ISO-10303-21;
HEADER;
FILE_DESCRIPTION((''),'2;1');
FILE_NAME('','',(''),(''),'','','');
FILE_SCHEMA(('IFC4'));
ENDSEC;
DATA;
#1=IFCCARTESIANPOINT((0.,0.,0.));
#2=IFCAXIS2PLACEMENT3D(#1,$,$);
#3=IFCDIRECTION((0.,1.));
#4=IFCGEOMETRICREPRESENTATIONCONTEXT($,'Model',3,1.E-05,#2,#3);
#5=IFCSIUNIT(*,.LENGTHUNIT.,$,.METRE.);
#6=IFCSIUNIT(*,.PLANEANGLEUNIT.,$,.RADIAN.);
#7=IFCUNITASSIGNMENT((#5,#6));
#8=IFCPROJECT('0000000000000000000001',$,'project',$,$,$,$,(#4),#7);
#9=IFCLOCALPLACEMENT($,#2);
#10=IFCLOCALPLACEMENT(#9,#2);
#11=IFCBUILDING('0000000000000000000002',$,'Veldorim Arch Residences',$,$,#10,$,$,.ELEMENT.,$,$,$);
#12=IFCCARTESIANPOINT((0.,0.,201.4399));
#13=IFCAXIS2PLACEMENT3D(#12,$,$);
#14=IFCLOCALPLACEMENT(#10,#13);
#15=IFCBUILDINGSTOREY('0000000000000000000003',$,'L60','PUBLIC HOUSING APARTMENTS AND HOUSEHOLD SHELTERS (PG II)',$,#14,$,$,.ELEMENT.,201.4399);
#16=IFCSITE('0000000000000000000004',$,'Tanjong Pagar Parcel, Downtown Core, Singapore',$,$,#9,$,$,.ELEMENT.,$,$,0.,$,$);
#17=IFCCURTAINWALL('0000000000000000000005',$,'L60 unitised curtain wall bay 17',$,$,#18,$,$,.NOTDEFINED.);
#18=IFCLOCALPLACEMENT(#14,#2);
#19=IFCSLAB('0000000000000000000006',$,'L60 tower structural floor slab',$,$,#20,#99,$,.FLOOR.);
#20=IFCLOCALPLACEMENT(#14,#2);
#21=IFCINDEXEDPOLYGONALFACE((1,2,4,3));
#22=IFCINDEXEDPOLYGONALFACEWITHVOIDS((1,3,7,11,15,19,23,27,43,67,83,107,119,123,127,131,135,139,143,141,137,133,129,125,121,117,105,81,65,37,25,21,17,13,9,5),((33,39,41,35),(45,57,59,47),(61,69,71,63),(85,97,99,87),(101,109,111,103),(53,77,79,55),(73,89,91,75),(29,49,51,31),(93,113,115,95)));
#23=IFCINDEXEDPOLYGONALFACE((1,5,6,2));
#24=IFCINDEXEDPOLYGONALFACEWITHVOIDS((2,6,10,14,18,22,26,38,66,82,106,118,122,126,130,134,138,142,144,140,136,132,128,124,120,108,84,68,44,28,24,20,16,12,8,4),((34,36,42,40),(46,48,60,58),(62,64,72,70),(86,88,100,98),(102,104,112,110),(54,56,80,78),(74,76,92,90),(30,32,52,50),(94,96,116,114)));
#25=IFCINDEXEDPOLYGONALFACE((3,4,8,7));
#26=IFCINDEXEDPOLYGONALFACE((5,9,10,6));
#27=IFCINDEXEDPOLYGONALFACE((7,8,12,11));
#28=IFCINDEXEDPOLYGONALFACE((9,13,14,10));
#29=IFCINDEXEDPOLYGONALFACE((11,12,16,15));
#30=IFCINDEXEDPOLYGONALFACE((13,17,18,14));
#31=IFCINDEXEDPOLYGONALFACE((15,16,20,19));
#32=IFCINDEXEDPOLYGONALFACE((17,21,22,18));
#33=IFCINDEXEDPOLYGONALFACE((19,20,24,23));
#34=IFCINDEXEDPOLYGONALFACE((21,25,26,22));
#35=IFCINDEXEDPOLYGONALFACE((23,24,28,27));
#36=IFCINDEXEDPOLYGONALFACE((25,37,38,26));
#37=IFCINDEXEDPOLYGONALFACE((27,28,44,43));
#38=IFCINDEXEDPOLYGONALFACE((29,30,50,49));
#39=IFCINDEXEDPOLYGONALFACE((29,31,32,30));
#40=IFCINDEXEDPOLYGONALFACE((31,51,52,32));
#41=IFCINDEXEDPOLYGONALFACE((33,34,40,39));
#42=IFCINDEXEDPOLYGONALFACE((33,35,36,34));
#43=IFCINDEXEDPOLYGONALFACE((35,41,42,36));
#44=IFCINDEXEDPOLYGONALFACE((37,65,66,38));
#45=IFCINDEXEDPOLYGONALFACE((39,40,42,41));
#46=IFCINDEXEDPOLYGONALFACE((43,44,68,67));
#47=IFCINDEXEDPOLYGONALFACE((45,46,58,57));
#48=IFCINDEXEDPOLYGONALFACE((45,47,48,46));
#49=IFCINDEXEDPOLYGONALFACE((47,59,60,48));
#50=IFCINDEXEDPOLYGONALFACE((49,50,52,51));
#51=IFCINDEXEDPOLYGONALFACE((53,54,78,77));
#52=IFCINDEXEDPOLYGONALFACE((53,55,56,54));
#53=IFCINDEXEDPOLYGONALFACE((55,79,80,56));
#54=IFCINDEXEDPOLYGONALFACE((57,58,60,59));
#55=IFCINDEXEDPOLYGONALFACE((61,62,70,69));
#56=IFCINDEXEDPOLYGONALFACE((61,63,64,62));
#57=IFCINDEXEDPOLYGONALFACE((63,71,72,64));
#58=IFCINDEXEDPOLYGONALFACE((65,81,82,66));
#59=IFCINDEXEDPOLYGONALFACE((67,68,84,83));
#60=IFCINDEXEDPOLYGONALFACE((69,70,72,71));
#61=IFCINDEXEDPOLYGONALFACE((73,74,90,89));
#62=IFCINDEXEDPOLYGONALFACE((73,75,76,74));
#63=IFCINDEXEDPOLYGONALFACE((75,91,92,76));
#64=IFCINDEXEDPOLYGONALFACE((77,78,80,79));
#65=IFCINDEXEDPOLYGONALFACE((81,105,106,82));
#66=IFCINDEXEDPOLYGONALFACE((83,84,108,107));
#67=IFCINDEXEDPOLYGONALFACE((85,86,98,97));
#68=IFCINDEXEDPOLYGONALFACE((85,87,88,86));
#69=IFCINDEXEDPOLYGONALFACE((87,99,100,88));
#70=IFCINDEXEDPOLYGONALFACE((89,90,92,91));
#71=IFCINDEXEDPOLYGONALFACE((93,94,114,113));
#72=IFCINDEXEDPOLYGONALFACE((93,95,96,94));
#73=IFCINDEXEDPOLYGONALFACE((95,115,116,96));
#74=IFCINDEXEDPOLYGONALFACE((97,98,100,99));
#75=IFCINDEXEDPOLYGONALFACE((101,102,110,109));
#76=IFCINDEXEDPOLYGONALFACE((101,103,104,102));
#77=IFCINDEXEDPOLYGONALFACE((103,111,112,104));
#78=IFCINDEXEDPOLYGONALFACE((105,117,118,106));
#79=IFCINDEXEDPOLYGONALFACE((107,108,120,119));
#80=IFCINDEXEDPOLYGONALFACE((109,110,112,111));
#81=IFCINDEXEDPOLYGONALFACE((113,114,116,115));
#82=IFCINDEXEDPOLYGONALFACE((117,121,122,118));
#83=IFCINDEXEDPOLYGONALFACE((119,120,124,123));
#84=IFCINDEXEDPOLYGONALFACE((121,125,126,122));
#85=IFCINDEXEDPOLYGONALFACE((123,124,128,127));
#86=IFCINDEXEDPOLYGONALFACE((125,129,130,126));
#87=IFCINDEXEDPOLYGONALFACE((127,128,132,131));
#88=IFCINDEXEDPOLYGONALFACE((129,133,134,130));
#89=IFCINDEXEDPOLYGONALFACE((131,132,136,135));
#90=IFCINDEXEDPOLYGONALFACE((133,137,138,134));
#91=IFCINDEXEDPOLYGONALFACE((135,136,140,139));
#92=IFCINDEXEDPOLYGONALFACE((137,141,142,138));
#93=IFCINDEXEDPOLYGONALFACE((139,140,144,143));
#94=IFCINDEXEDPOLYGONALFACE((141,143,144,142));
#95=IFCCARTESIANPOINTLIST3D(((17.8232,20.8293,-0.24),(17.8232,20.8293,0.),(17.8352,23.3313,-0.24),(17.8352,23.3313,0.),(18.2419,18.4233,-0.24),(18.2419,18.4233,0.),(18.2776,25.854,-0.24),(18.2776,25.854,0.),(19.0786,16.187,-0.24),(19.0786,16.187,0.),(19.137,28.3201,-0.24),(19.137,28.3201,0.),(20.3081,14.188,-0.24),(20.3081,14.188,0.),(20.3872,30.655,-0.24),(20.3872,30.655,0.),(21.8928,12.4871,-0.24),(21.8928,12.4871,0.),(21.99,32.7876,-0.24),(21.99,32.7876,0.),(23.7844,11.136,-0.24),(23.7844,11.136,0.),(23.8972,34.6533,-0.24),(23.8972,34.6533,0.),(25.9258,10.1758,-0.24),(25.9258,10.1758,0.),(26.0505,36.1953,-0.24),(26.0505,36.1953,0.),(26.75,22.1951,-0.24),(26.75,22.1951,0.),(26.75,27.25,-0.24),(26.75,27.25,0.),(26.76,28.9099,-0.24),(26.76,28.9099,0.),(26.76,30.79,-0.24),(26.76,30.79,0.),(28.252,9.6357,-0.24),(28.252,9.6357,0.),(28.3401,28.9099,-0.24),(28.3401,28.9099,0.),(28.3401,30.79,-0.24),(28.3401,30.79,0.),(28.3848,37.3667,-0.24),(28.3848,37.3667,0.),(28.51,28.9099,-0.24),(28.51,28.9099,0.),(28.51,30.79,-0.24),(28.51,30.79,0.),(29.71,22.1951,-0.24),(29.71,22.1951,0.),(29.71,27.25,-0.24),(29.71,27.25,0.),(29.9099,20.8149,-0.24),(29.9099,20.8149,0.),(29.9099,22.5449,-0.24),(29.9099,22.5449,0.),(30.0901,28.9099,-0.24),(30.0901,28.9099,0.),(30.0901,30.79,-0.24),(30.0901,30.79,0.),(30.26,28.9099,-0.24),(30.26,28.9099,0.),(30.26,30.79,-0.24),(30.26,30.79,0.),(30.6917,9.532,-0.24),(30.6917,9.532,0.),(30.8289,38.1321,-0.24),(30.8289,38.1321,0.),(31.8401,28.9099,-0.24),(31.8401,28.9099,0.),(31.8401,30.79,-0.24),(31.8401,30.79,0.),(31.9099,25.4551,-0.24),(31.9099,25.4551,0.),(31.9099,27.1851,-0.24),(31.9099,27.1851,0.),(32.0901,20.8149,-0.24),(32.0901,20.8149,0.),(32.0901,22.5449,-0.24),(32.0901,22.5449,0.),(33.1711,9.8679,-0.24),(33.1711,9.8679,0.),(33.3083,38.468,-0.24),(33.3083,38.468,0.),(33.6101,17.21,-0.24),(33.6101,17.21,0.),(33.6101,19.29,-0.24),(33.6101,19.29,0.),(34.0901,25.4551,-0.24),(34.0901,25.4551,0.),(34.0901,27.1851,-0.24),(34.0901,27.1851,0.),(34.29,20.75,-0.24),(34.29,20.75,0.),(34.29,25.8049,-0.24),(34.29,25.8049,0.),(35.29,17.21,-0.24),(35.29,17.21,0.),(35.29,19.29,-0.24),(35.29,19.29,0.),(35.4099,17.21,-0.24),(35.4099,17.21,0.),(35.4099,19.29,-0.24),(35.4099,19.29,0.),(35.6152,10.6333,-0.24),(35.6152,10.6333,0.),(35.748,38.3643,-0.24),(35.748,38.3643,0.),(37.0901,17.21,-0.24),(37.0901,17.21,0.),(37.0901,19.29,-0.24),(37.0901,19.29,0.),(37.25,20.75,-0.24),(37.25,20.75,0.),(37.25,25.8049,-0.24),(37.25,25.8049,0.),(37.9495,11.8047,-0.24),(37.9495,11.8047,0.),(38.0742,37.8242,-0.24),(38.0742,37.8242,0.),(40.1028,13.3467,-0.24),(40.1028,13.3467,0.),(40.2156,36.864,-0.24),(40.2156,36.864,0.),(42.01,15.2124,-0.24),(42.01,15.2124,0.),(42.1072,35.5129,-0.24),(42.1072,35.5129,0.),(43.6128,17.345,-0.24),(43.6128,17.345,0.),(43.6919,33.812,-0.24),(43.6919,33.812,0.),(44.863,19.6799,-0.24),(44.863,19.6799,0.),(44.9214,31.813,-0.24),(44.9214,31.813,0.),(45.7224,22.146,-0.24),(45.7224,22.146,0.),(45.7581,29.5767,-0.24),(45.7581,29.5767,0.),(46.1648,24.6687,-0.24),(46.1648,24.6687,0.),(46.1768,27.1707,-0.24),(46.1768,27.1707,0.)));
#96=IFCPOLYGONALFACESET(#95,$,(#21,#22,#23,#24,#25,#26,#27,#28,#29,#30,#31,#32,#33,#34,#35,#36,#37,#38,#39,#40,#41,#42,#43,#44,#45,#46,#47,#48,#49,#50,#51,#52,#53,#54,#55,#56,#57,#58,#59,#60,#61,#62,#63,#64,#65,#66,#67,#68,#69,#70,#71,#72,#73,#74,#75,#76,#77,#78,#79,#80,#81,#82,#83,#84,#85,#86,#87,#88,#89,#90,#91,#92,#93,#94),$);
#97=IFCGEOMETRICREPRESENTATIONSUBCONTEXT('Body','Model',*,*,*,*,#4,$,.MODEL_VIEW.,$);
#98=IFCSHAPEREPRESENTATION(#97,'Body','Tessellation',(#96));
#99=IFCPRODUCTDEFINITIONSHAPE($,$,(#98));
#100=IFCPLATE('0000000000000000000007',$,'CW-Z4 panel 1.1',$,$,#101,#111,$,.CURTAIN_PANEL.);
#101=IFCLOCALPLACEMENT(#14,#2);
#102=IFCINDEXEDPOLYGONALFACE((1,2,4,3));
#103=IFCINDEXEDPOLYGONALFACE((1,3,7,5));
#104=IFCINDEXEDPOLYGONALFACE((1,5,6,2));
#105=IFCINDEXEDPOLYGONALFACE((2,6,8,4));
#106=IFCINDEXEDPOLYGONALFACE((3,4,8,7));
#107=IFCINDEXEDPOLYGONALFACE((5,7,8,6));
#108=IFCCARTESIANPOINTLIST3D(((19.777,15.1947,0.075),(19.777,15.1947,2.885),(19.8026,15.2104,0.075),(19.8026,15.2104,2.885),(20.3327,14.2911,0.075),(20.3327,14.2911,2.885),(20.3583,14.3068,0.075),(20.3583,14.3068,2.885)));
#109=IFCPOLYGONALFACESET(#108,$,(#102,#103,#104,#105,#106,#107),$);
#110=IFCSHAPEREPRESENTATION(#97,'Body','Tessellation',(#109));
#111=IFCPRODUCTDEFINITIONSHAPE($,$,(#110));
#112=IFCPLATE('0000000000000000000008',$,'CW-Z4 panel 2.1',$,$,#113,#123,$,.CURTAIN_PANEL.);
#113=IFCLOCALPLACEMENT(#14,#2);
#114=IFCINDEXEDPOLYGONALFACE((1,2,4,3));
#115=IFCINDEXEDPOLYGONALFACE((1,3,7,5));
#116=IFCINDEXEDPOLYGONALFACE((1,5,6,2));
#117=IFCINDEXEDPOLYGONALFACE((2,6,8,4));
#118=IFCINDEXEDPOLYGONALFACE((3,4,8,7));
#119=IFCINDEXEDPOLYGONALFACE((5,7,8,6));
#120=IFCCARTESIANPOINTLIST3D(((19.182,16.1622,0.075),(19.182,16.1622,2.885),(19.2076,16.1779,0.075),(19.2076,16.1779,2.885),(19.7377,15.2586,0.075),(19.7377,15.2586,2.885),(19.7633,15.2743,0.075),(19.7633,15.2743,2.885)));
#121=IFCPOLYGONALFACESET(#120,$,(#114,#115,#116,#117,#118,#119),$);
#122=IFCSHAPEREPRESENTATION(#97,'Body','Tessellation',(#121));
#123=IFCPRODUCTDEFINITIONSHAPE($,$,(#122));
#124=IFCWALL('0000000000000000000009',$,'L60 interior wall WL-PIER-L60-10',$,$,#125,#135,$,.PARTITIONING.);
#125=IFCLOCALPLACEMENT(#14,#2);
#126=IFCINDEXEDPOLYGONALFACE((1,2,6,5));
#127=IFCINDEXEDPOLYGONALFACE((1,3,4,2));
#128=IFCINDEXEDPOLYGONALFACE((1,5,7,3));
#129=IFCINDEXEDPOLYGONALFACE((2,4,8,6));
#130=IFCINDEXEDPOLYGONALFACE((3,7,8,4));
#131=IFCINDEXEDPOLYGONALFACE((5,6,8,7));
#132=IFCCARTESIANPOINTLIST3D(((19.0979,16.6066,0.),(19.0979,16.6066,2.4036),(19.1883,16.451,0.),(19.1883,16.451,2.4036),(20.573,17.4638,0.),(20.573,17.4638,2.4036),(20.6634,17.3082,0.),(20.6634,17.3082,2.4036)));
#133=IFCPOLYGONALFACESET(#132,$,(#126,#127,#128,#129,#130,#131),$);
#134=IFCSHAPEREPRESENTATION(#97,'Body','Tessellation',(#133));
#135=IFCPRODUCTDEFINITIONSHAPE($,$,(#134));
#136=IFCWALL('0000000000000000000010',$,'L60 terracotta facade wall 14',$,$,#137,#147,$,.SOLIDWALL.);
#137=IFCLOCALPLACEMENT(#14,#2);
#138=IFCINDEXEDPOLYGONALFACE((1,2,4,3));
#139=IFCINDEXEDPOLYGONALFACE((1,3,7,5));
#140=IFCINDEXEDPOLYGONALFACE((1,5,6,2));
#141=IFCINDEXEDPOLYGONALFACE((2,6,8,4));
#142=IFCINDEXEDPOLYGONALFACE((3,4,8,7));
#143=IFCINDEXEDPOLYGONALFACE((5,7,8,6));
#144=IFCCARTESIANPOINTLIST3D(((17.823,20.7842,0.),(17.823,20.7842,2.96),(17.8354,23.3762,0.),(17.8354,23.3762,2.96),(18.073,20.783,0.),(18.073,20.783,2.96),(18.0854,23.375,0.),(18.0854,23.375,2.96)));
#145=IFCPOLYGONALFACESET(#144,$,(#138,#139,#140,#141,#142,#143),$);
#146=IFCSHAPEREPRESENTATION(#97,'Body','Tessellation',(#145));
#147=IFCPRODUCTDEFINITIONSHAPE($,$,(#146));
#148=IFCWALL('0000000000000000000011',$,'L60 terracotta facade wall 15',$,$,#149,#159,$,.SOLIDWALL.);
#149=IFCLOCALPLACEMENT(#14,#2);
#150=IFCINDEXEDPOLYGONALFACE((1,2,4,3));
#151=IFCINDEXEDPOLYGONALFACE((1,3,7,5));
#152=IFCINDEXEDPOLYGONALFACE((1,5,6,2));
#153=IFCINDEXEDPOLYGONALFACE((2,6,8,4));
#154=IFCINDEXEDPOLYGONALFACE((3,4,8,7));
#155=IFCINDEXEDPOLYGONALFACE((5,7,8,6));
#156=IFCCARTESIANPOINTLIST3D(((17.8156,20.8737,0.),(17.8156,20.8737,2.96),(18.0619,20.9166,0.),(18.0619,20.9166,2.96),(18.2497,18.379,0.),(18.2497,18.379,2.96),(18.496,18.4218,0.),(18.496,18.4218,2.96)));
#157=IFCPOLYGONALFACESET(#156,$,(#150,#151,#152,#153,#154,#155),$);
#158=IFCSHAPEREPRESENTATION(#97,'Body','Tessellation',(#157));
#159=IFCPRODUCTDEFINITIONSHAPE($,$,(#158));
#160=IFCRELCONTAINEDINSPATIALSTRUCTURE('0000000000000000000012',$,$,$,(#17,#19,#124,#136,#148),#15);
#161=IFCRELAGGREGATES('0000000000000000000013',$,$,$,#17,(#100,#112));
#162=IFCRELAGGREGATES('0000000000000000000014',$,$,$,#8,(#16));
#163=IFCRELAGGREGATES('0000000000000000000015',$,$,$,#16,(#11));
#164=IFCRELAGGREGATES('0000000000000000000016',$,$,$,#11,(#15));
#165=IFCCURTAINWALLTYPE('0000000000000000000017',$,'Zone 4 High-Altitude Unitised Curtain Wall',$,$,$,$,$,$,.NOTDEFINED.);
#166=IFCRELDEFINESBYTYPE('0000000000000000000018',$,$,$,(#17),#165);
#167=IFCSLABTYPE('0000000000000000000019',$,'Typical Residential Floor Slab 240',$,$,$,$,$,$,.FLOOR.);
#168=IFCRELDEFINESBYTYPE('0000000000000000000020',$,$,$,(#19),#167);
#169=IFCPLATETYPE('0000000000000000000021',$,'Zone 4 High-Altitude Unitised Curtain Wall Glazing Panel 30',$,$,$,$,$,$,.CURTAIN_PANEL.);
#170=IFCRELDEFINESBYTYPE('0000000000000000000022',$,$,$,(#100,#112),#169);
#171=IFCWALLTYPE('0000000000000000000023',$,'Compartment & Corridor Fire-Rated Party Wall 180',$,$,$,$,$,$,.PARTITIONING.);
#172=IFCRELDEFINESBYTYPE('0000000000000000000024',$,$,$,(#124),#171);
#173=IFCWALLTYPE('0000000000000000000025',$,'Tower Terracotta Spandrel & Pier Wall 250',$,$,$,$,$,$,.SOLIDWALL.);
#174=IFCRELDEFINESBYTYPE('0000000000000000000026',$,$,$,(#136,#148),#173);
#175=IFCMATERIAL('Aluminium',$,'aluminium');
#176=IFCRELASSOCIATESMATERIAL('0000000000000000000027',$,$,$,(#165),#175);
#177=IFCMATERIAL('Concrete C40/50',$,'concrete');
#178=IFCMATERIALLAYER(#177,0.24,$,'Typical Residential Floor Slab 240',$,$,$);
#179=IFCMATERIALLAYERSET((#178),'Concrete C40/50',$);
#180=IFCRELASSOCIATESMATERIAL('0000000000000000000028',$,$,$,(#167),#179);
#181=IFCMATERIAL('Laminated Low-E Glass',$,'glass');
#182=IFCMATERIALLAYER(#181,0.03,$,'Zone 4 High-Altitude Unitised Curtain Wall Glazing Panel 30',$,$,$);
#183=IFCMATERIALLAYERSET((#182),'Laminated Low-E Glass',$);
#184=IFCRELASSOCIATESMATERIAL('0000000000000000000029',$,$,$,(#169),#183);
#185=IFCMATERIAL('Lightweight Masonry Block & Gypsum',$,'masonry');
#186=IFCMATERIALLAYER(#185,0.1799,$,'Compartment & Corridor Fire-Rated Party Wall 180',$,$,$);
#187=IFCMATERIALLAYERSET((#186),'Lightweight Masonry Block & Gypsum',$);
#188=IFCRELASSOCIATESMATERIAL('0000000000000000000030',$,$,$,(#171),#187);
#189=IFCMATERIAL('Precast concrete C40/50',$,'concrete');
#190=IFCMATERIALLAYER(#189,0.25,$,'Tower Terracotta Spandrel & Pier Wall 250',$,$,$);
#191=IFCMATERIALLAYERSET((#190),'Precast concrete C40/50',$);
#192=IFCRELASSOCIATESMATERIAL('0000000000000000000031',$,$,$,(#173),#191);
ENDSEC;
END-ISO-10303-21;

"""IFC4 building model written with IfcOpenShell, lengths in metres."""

from ifc_helpers import new_model, si_unit, direction, frame, frame_2d, origin, origin_2d, place, context, subcontext, project, spatial, polyline, rectangle, outline, extrude, material, layer, layer_set, type_object, element, aggregate, save


model = new_model("IFC4")

# Units and contexts
model_context = context("Model", 3, precision=1e-05, world=origin(), true_north=direction((0.0, 1.0)))
body_context = subcontext(model_context, "Body", "Model", "MODEL_VIEW")
ifc_project = project(units=[si_unit("LENGTHUNIT", "METRE"), si_unit("PLANEANGLEUNIT", "RADIAN")], contexts=[model_context])

# Site, building, storey
site_placement = place(None, origin())
site = spatial("IfcSite", under=ifc_project, at=site_placement, Name="Tanjong Pagar Parcel, Downtown Core, Singapore", CompositionType="ELEMENT", RefElevation=0.0)
building_placement = place(site_placement, origin())
building = spatial("IfcBuilding", under=site, at=building_placement, Name="Veldorim Arch Residences", CompositionType="ELEMENT")
storey_placement = place(building_placement, frame((0.0, 0.0, 201.4399)))
storey = spatial("IfcBuildingStorey", under=building, at=storey_placement, Name="L60", Description="PUBLIC HOUSING APARTMENTS AND HOUSEHOLD SHELTERS (PG II)", CompositionType="ELEMENT", Elevation=201.4399)

# Curtain wall
ifc_material_1 = material(Name="Aluminium", Category="aluminium")
curtain_wall_type = type_object("IfcCurtainWallType", Name="Zone 4 High-Altitude Unitised Curtain Wall", PredefinedType="NOTDEFINED", material=ifc_material_1)
curtain_wall_placement = place(storey_placement, origin())
curtain_wall = element("IfcCurtainWall", 1, at=curtain_wall_placement, inside=storey, type_object=curtain_wall_type, Name="L60 unitised curtain wall bay 17", PredefinedType="NOTDEFINED")

# Slab
ifc_material_2 = material(Name="Concrete C40/50", Category="concrete")
ifc_layer_1 = layer(ifc_material_2, 0.24, Name="Typical Residential Floor Slab 240")
ifc_layer_set_1 = layer_set([ifc_layer_1], Name="Concrete C40/50")
slab_type_1 = type_object("IfcSlabType", Name="Typical Residential Floor Slab 240", PredefinedType="FLOOR", material=ifc_layer_set_1)
slab_1_placement = place(storey_placement, frame((0.0, 0.0, -0.24)))
element("IfcSlab", 2, at=slab_1_placement, inside=storey, type_object=slab_type_1, Name="L60 tower structural floor slab", PredefinedType="FLOOR", context=body_context, shape_type="SweptSolid", body=[
    extrude(outline(polyline([(42.1072, 35.5129), (40.2156, 36.864), (38.0742, 37.8242), (35.748, 38.3643), (33.3083, 38.468), (30.8289, 38.1321), (28.3848, 37.3667), (26.0505, 36.1953), (23.8972, 34.6533), (21.99, 32.7876), (20.3872, 30.655), (19.137, 28.3201), (18.2776, 25.854), (17.8352, 23.3313), (17.8232, 20.8293), (18.2419, 18.4233), (19.0786, 16.187), (20.3081, 14.188), (21.8928, 12.4871), (23.7844, 11.136), (25.9258, 10.1758), (28.252, 9.6357), (30.6917, 9.532), (33.1711, 9.8679), (35.6152, 10.6333), (37.9495, 11.8047), (40.1028, 13.3467), (42.01, 15.2124), (43.6128, 17.345), (44.863, 19.6799), (45.7224, 22.146), (46.1648, 24.6687), (46.1768, 27.1707), (45.7581, 29.5767), (44.9214, 31.813), (43.6919, 33.812), (42.1072, 35.5129)]), holes=[polyline([(33.6101, 17.21), (33.6101, 19.29), (35.29, 19.29), (35.29, 17.21), (33.6101, 17.21)]), polyline([(35.4099, 17.21), (35.4099, 19.29), (37.0901, 19.29), (37.0901, 17.21), (35.4099, 17.21)]), polyline([(29.9099, 20.8149), (29.9099, 22.5449), (32.0901, 22.5449), (32.0901, 20.8149), (29.9099, 20.8149)]), polyline([(34.29, 20.75), (34.29, 25.8049), (37.25, 25.8049), (37.25, 20.75), (34.29, 20.75)]), polyline([(26.75, 22.1951), (26.75, 27.25), (29.71, 27.25), (29.71, 22.1951), (26.75, 22.1951)]), polyline([(31.9099, 25.4551), (31.9099, 27.1851), (34.0901, 27.1851), (34.0901, 25.4551), (31.9099, 25.4551)]), polyline([(26.76, 28.9099), (26.76, 30.79), (28.3401, 30.79), (28.3401, 28.9099), (26.76, 28.9099)]), polyline([(28.51, 30.79), (30.0901, 30.79), (30.0901, 28.9099), (28.51, 28.9099), (28.51, 30.79)]), polyline([(30.26, 30.79), (31.8401, 30.79), (31.8401, 28.9099), (30.26, 28.9099), (30.26, 30.79)])]), origin(), (0.0, 0.0, 1.0), 0.24),
])

# Plates
ifc_material_3 = material(Name="Laminated Low-E Glass", Category="glass")
ifc_layer_2 = layer(ifc_material_3, 0.03, Name="Zone 4 High-Altitude Unitised Curtain Wall Glazing Panel 30")
ifc_layer_set_2 = layer_set([ifc_layer_2], Name="Laminated Low-E Glass")
plate_type = type_object("IfcPlateType", Name="Zone 4 High-Altitude Unitised Curtain Wall Glazing Panel 30", PredefinedType="CURTAIN_PANEL", material=ifc_layer_set_2)
plate_1_placement = place(storey_placement, frame((20.0676, 14.7507, 0.075), z_axis=(0.0, 0.0, 1.0), x_axis=(-0.523864, 0.851802, 0.0)))
plate_1 = element("IfcPlate", 3, at=plate_1_placement, type_object=plate_type, Name="CW-Z4 panel 1.1", PredefinedType="CURTAIN_PANEL", context=body_context, shape_type="SweptSolid", body=[
    extrude(rectangle(XDim=1.0608, YDim=0.03, at=origin_2d()), origin(), (0.0, 0.0, 1.0), 2.8101),
])
plate_2_placement = place(storey_placement, frame((19.4727, 15.7183, 0.075), z_axis=(0.0, 0.0, 1.0), x_axis=(-0.523864, 0.851802, 0.0)))
plate_2 = element("IfcPlate", 4, at=plate_2_placement, type_object=plate_type, Name="CW-Z4 panel 2.1", PredefinedType="CURTAIN_PANEL", context=body_context, shape_type="SweptSolid", body=[
    extrude(rectangle(XDim=1.0608, YDim=0.03, at=origin_2d()), origin(), (0.0, 0.0, 1.0), 2.8101),
])
aggregate(curtain_wall, [plate_1, plate_2])

# Wall
ifc_material_4 = material(Name="Lightweight Masonry Block & Gypsum", Category="masonry")
ifc_layer_3 = layer(ifc_material_4, 0.1799, Name="Compartment & Corridor Fire-Rated Party Wall 180")
ifc_layer_set_3 = layer_set([ifc_layer_3], Name="Lightweight Masonry Block & Gypsum")
wall_type_1 = type_object("IfcWallType", Name="Compartment & Corridor Fire-Rated Party Wall 180", PredefinedType="PARTITIONING", material=ifc_layer_set_3)
wall_1_placement = place(storey_placement, frame((20.6182, 17.386, 0.0), z_axis=(0.0, 0.0, 1.0), x_axis=(-0.864619, -0.502429, 0.0)))
element("IfcWall", 5, at=wall_1_placement, inside=storey, type_object=wall_type_1, Name="L60 interior wall WL-PIER-L60-10", PredefinedType="PARTITIONING", context=body_context, shape_type="SweptSolid", body=[
    extrude(rectangle(XDim=1.7061, YDim=0.1799, at=frame_2d((0.853, 0.0))), origin(), (0.0, 0.0, 1.0), 2.4036),
])

# Walls
ifc_material_5 = material(Name="Precast concrete C40/50", Category="concrete")
ifc_layer_4 = layer(ifc_material_5, 0.25, Name="Tower Terracotta Spandrel & Pier Wall 250")
ifc_layer_set_4 = layer_set([ifc_layer_4], Name="Precast concrete C40/50")
wall_type_2 = type_object("IfcWallType", Name="Tower Terracotta Spandrel & Pier Wall 250", PredefinedType="SOLIDWALL", material=ifc_layer_set_4)
wall_2_placement = place(storey_placement, frame((17.948, 20.7837, 0.0), z_axis=(0.0, 0.0, 1.0), x_axis=(0.004804, 0.999988, 0.0)))
element("IfcWall", 6, at=wall_2_placement, inside=storey, type_object=wall_type_2, Name="L60 terracotta facade wall 14", PredefinedType="SOLIDWALL", context=body_context, shape_type="SweptSolid", body=[
    extrude(rectangle(XDim=2.592, YDim=0.25, at=frame_2d((1.2959, 0.0))), origin(), (0.0, 0.0, 1.0), 2.96),
])
wall_3_placement = place(storey_placement, frame((18.3728, 18.4004, 0.0), z_axis=(0.0, 0.0, 1.0), x_axis=(-0.171431, 0.985196, 0.0)))
element("IfcWall", 7, at=wall_3_placement, inside=storey, type_object=wall_type_2, Name="L60 terracotta facade wall 15", PredefinedType="SOLIDWALL", context=body_context, shape_type="SweptSolid", body=[
    extrude(rectangle(XDim=2.5322, YDim=0.25, at=frame_2d((1.2661, 0.0))), origin(), (0.0, 0.0, 1.0), 2.96),
])

save(model, "model.ifc")
